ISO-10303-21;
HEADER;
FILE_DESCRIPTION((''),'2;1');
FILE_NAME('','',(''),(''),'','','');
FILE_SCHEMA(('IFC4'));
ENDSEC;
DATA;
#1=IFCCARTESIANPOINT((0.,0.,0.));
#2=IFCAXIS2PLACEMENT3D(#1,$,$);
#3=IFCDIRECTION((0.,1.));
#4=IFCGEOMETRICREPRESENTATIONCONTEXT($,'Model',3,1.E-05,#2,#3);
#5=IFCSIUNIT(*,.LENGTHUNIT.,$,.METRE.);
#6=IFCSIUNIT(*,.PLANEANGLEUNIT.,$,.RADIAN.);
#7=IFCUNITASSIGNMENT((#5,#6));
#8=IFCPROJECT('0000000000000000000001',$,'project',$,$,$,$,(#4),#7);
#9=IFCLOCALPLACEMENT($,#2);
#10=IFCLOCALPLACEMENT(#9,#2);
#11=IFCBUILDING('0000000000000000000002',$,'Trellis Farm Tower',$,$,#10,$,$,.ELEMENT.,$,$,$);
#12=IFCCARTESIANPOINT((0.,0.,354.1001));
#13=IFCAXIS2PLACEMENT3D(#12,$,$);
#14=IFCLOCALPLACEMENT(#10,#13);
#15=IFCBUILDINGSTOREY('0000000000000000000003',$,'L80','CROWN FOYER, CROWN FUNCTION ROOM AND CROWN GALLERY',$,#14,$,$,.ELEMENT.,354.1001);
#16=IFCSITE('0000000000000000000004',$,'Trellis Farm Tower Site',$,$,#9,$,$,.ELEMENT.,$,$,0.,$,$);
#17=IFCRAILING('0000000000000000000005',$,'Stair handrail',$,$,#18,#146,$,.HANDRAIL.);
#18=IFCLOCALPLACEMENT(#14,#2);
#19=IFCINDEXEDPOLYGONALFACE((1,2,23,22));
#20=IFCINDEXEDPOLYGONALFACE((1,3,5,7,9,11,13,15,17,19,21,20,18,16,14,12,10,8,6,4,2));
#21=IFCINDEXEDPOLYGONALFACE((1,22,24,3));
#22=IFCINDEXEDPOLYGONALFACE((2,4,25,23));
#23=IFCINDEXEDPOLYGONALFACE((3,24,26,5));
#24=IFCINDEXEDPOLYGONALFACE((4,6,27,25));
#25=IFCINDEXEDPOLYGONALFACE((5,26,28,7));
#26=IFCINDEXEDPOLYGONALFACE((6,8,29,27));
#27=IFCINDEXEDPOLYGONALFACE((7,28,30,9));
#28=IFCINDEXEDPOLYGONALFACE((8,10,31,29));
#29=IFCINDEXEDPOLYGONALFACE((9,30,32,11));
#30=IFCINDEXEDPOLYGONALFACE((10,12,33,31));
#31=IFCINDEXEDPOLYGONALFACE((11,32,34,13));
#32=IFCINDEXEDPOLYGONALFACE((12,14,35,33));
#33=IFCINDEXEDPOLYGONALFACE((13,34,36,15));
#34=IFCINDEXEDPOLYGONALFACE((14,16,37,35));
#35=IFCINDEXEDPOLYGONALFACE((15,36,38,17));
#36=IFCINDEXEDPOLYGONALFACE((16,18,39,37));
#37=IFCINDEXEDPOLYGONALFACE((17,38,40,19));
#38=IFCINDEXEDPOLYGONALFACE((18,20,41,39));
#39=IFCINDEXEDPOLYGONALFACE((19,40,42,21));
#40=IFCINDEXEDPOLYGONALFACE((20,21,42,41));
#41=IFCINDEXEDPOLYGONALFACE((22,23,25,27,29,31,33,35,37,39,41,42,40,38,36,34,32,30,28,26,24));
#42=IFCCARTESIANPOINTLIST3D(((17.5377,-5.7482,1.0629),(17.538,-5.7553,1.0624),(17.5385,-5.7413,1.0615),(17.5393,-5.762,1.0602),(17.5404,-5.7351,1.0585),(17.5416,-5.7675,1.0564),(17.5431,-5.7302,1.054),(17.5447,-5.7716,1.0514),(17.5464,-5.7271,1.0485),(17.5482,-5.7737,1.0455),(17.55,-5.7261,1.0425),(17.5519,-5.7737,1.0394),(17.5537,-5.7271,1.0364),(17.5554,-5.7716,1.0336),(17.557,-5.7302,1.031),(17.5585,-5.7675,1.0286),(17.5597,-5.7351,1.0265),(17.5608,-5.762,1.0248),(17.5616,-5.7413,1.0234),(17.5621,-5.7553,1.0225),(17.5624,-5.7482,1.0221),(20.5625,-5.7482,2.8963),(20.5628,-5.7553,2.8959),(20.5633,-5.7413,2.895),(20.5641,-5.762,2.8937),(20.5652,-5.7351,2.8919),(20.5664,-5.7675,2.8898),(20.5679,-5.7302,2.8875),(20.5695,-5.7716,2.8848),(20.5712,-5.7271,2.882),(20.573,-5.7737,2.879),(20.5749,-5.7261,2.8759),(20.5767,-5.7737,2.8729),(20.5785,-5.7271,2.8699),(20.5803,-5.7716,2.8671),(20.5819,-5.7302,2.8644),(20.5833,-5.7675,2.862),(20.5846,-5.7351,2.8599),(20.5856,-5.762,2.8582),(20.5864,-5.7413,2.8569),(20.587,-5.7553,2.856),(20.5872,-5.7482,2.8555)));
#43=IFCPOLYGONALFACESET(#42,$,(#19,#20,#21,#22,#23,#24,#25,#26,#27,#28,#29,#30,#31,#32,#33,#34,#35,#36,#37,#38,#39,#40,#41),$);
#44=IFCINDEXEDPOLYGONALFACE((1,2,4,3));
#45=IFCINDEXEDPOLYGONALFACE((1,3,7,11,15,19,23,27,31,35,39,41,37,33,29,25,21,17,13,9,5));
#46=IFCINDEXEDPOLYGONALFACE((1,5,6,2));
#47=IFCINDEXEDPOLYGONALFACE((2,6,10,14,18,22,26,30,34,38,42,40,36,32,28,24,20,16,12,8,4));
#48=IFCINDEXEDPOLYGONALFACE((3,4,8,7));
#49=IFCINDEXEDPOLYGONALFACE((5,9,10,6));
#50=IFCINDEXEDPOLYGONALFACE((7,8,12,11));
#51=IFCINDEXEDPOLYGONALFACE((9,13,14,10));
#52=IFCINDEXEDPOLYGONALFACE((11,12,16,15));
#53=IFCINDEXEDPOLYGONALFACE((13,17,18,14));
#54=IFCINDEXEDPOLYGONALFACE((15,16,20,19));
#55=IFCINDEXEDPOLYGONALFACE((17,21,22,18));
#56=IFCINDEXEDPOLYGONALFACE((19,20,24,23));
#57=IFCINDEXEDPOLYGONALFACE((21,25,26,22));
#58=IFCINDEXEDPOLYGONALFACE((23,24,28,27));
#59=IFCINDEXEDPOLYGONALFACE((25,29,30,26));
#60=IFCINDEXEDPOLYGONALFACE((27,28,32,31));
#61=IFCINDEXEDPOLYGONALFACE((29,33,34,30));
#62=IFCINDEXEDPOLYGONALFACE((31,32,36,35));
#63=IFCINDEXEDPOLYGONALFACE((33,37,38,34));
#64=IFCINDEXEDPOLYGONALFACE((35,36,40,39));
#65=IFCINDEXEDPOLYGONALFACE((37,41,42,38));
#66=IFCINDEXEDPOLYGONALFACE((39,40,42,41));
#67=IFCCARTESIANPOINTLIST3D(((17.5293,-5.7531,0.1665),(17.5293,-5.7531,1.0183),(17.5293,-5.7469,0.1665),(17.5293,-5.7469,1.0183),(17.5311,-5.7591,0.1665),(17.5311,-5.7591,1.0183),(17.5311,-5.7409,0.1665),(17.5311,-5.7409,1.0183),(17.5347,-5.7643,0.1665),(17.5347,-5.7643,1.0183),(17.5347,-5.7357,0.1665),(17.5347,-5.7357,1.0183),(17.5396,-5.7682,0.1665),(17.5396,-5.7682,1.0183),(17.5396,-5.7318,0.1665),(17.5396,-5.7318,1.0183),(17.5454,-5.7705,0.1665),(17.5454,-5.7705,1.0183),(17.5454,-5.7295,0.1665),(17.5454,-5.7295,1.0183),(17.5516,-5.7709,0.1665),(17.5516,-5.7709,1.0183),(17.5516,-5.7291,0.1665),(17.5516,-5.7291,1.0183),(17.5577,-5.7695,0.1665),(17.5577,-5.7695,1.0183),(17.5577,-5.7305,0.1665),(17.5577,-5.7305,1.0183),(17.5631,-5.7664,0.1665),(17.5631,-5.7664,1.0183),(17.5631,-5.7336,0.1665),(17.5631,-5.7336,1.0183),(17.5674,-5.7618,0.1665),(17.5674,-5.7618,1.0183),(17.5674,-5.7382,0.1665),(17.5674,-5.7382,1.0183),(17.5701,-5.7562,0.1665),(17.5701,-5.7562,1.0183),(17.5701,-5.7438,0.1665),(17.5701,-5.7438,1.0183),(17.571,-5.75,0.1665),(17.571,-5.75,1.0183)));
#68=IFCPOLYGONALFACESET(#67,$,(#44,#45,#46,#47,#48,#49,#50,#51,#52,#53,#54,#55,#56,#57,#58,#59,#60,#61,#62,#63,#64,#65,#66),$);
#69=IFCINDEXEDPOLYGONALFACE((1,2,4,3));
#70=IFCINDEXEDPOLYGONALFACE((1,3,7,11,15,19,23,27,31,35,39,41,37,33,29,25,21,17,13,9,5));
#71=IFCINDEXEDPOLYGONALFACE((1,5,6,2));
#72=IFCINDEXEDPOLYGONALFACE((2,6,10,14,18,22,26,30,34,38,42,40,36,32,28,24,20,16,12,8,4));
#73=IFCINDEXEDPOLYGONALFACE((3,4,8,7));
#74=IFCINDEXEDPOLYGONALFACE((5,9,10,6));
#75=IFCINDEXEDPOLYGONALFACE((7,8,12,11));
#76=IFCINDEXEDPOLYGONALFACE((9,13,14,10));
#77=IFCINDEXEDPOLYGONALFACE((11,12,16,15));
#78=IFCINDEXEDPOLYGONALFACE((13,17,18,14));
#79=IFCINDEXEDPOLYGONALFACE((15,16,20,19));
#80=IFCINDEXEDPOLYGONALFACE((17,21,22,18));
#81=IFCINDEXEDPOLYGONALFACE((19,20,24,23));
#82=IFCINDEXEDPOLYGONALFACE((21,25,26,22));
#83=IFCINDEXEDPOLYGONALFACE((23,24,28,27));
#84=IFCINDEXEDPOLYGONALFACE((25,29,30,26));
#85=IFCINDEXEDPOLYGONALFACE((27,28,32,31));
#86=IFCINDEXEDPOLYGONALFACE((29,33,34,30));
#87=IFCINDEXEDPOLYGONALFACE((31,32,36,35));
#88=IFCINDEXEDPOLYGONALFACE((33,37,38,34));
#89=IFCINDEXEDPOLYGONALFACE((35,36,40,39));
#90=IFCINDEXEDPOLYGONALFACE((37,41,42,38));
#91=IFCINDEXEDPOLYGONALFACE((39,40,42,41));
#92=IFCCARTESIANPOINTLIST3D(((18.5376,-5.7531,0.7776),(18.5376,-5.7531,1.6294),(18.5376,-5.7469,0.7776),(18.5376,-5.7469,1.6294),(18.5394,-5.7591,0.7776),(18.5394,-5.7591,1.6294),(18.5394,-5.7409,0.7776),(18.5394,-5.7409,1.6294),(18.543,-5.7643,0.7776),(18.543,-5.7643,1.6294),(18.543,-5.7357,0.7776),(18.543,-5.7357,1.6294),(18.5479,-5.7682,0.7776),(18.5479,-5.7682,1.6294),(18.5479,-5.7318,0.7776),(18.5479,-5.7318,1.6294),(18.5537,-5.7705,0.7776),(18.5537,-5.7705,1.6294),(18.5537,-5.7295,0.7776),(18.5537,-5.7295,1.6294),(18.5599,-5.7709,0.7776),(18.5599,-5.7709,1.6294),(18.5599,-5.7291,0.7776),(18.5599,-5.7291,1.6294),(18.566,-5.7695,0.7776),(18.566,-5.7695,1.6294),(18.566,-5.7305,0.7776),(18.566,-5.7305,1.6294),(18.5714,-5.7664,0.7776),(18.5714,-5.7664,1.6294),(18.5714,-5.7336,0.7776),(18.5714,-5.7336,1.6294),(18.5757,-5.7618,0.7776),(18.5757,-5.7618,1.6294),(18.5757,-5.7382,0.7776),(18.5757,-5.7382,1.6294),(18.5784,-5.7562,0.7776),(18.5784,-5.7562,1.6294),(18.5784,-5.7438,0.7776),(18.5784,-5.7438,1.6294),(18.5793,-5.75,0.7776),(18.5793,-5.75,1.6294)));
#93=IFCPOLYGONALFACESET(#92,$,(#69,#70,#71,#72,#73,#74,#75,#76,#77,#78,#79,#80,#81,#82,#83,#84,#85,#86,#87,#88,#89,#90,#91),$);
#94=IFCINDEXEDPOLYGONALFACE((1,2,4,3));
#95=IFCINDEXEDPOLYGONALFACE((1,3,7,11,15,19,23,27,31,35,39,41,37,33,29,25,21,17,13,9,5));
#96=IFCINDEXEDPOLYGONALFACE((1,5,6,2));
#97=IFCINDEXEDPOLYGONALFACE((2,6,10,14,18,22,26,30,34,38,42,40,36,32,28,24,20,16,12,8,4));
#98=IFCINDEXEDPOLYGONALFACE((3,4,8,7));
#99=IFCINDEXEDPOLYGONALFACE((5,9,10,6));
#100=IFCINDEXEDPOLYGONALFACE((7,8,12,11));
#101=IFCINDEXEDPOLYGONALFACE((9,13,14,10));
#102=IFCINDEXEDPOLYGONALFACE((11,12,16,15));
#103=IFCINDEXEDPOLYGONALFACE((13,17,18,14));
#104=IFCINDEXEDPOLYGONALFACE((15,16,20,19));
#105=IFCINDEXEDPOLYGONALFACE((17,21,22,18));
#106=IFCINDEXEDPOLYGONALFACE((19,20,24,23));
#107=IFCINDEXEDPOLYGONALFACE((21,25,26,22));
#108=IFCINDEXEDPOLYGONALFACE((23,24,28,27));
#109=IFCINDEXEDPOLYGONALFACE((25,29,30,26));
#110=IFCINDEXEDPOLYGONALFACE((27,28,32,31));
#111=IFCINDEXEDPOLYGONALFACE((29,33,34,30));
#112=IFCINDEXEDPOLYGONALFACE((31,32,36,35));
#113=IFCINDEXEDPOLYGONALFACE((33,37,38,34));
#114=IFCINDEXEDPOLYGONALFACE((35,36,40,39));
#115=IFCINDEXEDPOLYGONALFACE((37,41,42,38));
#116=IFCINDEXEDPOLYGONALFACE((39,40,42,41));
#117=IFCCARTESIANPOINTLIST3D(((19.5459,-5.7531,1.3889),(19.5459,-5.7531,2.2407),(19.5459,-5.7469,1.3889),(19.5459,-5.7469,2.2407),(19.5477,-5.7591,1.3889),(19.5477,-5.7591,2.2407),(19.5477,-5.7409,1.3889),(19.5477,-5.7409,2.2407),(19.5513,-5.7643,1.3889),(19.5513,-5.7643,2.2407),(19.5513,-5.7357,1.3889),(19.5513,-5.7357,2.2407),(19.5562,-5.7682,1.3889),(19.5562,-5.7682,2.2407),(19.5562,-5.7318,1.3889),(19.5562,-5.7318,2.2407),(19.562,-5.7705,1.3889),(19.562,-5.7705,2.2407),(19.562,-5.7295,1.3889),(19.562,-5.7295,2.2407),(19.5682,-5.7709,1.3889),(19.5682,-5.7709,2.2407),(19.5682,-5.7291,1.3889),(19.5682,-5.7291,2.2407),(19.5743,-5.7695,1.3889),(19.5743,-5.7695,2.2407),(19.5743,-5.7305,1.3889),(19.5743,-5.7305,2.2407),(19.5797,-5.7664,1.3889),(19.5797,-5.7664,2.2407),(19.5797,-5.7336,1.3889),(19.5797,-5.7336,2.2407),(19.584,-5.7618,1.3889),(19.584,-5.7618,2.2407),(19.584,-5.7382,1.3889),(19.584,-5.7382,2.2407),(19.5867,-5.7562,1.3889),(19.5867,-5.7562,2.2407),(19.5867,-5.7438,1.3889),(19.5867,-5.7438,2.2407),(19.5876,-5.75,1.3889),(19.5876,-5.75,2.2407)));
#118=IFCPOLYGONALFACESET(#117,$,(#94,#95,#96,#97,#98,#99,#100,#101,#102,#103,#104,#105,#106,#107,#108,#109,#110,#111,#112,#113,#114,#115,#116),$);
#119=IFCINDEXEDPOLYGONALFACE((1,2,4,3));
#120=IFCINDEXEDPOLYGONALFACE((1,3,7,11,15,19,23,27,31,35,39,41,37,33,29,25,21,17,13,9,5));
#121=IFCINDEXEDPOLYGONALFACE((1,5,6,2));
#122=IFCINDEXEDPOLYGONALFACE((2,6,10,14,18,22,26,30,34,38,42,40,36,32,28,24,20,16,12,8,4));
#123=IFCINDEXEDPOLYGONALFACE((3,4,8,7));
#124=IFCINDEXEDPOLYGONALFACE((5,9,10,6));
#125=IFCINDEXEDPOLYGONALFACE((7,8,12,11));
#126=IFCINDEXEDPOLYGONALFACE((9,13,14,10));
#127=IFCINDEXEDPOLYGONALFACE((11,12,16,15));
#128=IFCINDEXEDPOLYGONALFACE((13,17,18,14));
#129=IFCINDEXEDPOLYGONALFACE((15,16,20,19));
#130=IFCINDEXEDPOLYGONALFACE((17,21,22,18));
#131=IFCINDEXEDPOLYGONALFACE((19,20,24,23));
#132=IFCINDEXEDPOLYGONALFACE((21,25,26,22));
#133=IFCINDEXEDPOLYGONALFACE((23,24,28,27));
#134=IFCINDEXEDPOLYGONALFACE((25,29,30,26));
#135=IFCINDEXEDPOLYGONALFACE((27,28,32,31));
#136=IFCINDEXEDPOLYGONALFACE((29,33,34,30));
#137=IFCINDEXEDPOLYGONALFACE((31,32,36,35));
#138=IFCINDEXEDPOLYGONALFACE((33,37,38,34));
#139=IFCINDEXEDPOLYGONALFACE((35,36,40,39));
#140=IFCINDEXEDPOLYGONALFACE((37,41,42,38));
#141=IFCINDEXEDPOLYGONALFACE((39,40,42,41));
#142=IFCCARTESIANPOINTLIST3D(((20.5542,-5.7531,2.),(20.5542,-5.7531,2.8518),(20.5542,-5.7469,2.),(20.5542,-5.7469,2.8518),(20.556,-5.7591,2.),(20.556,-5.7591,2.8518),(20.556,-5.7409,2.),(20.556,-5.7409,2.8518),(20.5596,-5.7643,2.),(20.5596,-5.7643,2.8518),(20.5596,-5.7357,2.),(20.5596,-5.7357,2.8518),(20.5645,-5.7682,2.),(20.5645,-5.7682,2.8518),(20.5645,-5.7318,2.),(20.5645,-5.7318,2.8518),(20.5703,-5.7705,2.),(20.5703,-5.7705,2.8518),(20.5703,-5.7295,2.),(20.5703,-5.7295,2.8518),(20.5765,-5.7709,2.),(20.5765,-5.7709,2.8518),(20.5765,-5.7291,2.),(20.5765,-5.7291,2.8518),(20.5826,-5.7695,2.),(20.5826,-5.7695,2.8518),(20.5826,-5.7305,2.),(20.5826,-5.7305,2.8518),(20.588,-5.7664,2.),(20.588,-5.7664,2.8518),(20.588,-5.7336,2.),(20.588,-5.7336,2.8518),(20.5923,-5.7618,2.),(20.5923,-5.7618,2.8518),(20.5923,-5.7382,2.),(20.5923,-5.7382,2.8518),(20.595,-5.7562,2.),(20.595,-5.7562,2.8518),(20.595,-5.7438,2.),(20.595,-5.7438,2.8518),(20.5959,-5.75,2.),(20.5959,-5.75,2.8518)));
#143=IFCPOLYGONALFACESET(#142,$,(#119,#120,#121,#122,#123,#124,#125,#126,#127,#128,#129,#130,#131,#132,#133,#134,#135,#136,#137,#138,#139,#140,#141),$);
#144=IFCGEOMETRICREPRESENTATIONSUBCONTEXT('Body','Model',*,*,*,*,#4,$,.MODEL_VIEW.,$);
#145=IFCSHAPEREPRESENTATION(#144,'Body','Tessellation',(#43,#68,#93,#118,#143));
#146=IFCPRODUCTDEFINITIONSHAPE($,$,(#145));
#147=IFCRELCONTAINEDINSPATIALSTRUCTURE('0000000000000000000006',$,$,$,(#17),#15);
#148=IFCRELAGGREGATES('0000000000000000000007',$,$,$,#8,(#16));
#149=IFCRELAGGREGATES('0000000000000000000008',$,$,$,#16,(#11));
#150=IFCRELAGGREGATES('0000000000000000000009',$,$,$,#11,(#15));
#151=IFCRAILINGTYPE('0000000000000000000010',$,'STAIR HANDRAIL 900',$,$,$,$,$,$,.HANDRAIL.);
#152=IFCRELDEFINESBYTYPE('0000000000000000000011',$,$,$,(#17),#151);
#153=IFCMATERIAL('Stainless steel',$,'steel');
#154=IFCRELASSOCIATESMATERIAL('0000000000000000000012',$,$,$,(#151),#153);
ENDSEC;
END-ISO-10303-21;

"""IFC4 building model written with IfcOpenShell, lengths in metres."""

from ifc_helpers import new_model, si_unit, direction, frame, origin, origin_2d, place, context, subcontext, project, spatial, circle, extrude, source, transform, mapped, material, type_object, element, save


model = new_model("IFC4")

# Units and contexts
model_context = context("Model", 3, precision=1e-05, world=origin(), true_north=direction((0.0, 1.0)))
body_context = subcontext(model_context, "Body", "Model", "MODEL_VIEW")
ifc_project = project(units=[si_unit("LENGTHUNIT", "METRE"), si_unit("PLANEANGLEUNIT", "RADIAN")], contexts=[model_context])

# Site, building, storey
site_placement = place(None, origin())
site = spatial("IfcSite", under=ifc_project, at=site_placement, Name="Trellis Farm Tower Site", CompositionType="ELEMENT", RefElevation=0.0)
building_placement = place(site_placement, origin())
building = spatial("IfcBuilding", under=site, at=building_placement, Name="Trellis Farm Tower", CompositionType="ELEMENT")
storey_placement = place(building_placement, frame((0.0, 0.0, 354.1001)))
storey = spatial("IfcBuildingStorey", under=building, at=storey_placement, Name="L80", Description="CROWN FOYER, CROWN FUNCTION ROOM AND CROWN GALLERY", CompositionType="ELEMENT", Elevation=354.1001)

# Railing
ifc_material_1 = material(Name="Stainless steel", Category="steel")
railing_type_1 = type_object("IfcRailingType", Name="STAIR HANDRAIL 900", PredefinedType="HANDRAIL", material=ifc_material_1)
shared_shape_1 = source(origin(), body_context, "Body", "SweptSolid", [
    extrude(circle(Radius=0.0239, at=origin_2d()), frame((0.0, 0.0, 0.876), z_axis=(0.85517, 0.0, 0.518348), x_axis=(0.0, 1.0, 0.0)), (0.0, 0.0, 1.0), 3.5371),
    extrude(circle(Radius=0.021, at=origin_2d()), origin(), (0.0, 0.0, 1.0), 0.8518),
    extrude(circle(Radius=0.021, at=origin_2d()), frame((1.0083, 0.0, 0.6111)), (0.0, 0.0, 1.0), 0.8518),
    extrude(circle(Radius=0.021, at=origin_2d()), frame((2.0166, 0.0, 1.2224)), (0.0, 0.0, 1.0), 0.8518),
    extrude(circle(Radius=0.021, at=origin_2d()), frame((3.0249, 0.0, 1.8335)), (0.0, 0.0, 1.0), 0.8518),
])
for number, where, name in (
    (1, (17.55, -5.75, 0.1665), "Stair handrail"),
):
    element("IfcRailing", number, at=place(storey_placement, frame(where)), inside=storey, type_object=railing_type_1, Name=name, PredefinedType="HANDRAIL", context=body_context, shape_type="MappedRepresentation", body=[
        mapped(shared_shape_1, transform((0.0, 0.0, 0.0))),
    ])

save(model, "model.ifc")
